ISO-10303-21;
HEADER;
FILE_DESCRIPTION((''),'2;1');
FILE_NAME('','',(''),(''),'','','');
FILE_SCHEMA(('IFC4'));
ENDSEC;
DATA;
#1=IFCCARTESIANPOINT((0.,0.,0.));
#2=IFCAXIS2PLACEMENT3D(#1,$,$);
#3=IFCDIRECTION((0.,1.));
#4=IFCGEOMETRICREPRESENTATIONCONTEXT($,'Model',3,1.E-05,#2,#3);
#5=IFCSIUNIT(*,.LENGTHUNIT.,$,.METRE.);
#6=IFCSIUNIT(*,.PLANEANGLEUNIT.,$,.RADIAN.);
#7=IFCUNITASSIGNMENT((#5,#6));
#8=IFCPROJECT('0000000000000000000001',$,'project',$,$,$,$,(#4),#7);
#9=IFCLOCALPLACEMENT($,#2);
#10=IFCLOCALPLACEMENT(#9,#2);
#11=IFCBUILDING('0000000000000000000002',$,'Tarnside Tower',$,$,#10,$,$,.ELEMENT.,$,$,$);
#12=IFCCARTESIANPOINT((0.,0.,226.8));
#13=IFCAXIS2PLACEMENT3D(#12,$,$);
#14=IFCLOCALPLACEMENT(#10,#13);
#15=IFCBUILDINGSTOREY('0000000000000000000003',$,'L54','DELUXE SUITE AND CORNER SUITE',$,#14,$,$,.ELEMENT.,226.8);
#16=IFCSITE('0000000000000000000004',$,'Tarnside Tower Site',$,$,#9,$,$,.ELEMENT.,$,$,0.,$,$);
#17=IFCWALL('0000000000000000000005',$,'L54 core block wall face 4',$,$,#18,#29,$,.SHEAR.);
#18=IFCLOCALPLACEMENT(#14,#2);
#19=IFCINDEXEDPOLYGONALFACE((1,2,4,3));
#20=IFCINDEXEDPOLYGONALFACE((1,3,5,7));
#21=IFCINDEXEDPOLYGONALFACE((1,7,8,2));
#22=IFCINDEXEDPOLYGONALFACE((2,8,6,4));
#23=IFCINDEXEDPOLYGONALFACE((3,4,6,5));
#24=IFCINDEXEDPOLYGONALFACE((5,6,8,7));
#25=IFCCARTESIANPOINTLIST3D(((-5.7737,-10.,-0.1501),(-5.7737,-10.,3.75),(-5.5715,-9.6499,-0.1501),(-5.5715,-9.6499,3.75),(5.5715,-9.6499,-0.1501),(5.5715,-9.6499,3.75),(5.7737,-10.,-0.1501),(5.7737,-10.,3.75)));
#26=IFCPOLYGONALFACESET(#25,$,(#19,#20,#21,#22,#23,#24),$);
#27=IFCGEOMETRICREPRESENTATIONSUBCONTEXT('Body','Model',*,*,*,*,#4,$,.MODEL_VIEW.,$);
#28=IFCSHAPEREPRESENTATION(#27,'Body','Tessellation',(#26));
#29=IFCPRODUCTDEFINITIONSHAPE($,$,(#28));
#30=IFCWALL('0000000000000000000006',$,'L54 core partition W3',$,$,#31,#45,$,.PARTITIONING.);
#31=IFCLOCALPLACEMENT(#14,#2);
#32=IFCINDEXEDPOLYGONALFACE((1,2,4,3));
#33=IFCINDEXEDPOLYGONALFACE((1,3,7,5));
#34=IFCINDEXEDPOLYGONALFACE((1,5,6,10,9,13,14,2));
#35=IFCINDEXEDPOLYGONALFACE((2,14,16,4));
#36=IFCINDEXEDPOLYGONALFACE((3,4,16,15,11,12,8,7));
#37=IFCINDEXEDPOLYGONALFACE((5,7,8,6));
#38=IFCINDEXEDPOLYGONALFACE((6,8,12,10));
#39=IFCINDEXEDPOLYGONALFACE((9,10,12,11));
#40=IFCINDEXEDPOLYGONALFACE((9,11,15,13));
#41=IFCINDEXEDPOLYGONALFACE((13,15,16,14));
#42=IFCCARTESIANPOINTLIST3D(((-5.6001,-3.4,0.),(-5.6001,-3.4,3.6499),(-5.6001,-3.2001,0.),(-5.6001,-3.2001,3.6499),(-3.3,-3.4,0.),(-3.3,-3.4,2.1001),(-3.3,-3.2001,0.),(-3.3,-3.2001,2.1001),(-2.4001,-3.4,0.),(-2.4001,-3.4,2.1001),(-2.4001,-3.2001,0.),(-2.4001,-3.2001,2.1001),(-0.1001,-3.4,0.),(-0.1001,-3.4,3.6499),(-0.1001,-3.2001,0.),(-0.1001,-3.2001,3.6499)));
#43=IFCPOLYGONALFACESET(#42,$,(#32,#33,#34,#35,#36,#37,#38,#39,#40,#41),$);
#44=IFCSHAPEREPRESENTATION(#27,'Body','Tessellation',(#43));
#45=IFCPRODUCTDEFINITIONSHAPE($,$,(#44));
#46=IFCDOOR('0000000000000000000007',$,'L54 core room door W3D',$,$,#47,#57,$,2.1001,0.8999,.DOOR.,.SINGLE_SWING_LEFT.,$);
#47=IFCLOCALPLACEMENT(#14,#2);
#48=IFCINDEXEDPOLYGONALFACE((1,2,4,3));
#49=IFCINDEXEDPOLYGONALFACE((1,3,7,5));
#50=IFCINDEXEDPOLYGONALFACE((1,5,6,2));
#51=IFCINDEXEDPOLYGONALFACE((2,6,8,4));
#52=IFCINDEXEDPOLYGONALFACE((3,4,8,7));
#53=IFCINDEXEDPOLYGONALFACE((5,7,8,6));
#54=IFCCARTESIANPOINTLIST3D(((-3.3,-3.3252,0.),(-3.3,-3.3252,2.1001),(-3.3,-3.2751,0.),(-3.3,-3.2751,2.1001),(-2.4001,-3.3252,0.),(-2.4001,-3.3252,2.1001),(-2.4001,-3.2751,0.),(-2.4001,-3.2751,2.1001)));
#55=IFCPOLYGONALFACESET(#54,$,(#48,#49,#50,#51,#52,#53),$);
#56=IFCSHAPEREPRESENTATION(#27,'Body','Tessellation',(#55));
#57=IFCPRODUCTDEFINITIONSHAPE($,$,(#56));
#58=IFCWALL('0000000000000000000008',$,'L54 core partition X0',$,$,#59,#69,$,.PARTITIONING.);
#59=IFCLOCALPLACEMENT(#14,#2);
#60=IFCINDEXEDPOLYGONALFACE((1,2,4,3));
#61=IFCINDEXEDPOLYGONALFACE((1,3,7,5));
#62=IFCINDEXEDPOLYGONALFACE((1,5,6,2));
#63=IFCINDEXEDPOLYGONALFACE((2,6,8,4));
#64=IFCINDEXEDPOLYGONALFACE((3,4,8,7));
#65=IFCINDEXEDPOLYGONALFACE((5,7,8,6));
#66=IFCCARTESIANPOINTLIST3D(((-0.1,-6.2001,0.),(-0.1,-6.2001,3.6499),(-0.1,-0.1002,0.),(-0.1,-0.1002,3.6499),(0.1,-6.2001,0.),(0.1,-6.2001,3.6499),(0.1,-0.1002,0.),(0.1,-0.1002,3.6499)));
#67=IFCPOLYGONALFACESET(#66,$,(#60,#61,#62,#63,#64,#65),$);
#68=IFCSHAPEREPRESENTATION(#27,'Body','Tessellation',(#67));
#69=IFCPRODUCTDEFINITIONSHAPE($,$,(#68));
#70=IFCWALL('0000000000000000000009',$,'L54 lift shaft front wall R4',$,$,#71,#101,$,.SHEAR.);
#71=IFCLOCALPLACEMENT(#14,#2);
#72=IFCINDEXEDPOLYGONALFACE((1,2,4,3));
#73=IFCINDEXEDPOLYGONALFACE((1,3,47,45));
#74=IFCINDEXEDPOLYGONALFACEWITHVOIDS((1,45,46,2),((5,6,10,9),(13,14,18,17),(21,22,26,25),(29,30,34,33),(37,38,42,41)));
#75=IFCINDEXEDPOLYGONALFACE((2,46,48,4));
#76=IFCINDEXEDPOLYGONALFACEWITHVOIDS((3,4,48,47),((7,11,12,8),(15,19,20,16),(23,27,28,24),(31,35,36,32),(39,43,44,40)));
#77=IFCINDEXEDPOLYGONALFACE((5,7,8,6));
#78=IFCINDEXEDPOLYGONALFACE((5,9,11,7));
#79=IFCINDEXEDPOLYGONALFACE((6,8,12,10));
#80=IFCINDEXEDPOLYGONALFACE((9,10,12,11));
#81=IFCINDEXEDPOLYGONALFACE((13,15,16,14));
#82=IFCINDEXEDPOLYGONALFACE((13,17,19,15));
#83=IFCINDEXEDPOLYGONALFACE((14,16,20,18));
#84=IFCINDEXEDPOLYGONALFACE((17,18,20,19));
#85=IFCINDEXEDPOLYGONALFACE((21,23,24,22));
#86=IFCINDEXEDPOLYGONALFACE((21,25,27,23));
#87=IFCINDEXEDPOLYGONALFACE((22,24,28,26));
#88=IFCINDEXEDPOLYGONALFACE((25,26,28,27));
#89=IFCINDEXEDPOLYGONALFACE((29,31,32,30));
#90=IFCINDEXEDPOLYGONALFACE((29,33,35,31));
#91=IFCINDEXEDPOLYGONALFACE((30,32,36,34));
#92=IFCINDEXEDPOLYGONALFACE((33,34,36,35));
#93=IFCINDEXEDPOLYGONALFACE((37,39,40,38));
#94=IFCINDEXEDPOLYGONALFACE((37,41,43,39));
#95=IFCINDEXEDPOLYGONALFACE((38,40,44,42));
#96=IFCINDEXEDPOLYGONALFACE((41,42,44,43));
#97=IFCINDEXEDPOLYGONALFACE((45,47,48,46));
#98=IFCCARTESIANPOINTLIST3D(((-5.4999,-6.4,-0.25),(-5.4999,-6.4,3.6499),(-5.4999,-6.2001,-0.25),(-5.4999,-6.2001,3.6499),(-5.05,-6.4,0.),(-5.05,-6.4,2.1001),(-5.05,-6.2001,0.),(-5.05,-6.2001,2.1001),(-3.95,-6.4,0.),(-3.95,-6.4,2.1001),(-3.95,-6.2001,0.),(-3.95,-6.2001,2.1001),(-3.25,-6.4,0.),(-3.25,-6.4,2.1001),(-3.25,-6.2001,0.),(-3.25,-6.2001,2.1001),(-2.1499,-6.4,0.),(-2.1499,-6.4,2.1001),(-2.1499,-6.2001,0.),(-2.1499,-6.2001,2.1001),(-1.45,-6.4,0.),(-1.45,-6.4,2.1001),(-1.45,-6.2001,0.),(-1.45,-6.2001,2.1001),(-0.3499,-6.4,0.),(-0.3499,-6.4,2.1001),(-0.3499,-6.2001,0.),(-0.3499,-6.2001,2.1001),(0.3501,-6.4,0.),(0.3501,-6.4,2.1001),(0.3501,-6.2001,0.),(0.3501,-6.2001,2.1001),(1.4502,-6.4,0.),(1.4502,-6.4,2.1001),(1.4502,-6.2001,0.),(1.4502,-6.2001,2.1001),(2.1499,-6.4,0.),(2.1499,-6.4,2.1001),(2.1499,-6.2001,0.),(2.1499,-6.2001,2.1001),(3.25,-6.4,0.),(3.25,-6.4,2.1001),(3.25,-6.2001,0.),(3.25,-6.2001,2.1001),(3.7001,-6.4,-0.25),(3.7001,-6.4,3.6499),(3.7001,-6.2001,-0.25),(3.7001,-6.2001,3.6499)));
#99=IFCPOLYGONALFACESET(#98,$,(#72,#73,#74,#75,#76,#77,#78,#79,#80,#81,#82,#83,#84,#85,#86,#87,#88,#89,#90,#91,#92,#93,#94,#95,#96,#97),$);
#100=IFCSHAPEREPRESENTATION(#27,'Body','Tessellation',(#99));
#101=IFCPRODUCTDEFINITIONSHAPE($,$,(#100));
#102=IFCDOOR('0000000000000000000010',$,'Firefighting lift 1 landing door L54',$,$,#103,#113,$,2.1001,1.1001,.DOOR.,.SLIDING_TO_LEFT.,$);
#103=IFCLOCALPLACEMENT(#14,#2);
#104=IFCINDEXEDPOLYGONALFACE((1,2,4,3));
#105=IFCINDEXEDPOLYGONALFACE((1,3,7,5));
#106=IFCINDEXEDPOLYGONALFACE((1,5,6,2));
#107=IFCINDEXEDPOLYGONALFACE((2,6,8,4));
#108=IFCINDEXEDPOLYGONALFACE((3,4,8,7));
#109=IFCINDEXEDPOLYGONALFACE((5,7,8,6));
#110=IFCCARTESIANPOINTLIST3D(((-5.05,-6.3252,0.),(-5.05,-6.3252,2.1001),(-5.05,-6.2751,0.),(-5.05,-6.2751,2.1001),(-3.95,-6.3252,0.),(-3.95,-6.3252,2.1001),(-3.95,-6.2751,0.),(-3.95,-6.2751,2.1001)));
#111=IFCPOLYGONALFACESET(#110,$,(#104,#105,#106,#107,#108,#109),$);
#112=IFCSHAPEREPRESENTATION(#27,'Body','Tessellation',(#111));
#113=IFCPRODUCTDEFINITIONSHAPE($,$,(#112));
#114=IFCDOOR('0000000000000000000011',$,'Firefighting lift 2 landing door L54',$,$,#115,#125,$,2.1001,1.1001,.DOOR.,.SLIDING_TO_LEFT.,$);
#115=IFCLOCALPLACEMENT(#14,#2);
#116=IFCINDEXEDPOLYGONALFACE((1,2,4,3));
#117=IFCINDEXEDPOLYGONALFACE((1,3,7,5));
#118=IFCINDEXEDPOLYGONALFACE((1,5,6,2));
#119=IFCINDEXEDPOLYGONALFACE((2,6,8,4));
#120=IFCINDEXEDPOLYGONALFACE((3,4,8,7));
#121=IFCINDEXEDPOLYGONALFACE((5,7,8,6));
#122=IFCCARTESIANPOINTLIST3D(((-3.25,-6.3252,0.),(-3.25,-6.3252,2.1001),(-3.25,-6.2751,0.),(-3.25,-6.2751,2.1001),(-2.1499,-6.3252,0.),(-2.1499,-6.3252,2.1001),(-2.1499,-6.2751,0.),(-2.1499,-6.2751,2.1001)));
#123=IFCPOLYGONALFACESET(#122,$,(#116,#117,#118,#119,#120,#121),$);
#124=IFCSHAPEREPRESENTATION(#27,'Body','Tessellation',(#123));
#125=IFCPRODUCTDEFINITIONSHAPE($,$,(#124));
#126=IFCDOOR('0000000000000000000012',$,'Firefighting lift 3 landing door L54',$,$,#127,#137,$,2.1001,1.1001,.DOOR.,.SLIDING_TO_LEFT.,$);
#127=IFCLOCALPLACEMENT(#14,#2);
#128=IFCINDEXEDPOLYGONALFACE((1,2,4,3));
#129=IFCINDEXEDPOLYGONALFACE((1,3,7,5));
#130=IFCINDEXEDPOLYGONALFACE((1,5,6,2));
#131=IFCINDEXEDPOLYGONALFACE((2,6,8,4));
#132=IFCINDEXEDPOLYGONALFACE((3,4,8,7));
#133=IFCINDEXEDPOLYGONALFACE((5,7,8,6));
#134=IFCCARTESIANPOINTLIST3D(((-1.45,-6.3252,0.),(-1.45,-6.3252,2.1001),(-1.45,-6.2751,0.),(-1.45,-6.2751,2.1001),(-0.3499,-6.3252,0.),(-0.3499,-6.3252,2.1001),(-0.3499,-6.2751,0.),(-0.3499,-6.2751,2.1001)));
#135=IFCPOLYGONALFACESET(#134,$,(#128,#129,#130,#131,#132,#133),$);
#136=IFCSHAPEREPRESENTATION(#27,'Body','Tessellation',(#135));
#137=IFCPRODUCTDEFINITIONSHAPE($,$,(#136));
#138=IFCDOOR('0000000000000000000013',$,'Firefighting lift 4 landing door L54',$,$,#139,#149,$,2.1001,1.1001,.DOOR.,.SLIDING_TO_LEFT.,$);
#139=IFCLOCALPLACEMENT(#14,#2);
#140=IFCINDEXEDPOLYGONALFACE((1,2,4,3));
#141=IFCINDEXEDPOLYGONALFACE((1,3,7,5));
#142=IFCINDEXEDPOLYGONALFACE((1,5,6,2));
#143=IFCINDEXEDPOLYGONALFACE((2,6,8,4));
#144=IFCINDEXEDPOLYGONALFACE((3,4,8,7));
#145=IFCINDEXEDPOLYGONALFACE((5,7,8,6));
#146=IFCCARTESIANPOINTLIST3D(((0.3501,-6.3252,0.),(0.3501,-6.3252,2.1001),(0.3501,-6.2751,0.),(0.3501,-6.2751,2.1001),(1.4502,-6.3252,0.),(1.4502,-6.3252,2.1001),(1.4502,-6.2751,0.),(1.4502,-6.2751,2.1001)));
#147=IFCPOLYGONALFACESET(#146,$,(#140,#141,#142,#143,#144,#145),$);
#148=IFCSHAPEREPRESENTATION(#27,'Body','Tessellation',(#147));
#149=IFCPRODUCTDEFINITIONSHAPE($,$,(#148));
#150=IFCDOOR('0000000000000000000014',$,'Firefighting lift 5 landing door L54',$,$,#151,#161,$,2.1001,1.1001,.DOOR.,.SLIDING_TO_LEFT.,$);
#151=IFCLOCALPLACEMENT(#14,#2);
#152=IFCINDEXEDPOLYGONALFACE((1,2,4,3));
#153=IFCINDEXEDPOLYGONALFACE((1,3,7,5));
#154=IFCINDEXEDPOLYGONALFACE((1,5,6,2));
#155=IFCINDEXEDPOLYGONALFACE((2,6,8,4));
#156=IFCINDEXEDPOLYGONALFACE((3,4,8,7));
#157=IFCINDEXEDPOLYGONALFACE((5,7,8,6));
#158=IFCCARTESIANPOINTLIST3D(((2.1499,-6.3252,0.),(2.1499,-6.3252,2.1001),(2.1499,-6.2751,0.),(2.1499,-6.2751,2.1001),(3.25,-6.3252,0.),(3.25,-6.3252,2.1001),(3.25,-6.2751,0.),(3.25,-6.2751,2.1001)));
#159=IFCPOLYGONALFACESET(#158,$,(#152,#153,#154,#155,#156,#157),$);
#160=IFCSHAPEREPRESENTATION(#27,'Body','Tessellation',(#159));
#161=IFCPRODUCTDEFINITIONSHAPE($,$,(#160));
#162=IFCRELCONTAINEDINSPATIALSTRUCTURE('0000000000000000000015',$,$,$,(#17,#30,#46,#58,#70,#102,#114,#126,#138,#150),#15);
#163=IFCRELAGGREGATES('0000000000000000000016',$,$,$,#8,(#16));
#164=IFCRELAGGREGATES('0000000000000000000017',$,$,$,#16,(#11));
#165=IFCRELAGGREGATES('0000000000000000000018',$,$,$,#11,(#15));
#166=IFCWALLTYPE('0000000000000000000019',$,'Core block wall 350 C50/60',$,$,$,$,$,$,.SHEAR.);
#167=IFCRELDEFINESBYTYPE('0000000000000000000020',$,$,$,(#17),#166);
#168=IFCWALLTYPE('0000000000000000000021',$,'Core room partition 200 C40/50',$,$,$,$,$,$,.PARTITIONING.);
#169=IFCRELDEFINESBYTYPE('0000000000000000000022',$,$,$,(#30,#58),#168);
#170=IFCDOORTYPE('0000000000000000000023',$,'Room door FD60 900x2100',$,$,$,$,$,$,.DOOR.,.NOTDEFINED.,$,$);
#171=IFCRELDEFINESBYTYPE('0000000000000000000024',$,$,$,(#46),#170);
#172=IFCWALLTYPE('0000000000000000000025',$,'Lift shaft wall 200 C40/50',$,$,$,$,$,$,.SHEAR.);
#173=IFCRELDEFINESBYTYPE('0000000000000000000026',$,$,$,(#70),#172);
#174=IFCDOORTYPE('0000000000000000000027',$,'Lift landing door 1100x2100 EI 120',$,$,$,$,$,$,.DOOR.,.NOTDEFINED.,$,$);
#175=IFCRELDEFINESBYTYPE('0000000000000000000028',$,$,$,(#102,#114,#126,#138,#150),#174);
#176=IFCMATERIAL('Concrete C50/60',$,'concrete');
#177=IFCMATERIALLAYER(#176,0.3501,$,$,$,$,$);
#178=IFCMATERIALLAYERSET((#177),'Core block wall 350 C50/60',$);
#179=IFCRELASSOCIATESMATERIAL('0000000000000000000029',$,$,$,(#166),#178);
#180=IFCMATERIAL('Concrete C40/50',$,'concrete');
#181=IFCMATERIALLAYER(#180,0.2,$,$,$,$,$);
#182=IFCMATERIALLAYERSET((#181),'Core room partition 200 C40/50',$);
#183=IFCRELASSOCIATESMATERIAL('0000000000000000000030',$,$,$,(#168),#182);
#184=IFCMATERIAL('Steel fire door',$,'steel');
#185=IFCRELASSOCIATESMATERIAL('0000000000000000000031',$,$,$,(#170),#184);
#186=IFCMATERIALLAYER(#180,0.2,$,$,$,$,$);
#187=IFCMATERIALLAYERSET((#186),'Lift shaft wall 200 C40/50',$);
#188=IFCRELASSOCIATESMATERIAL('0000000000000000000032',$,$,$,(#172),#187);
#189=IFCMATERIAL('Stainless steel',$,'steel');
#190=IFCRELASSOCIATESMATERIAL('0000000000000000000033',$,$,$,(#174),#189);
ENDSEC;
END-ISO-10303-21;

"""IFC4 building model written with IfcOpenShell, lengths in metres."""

from ifc_helpers import new_model, si_unit, direction, frame, frame_2d, origin, place, context, subcontext, project, spatial, polyline, rectangle, outline, extrude, material, layer, layer_set, type_object, element, fill, save


model = new_model("IFC4")

# Units and contexts
model_context = context("Model", 3, precision=1e-05, world=origin(), true_north=direction((0.0, 1.0)))
body_context = subcontext(model_context, "Body", "Model", "MODEL_VIEW")
ifc_project = project(units=[si_unit("LENGTHUNIT", "METRE"), si_unit("PLANEANGLEUNIT", "RADIAN")], contexts=[model_context])

# Site, building, storey
site_placement = place(None, origin())
site = spatial("IfcSite", under=ifc_project, at=site_placement, Name="Tarnside Tower Site", CompositionType="ELEMENT", RefElevation=0.0)
building_placement = place(site_placement, origin())
building = spatial("IfcBuilding", under=site, at=building_placement, Name="Tarnside Tower", CompositionType="ELEMENT")
storey_placement = place(building_placement, frame((0.0, 0.0, 226.8)))
storey = spatial("IfcBuildingStorey", under=building, at=storey_placement, Name="L54", Description="DELUXE SUITE AND CORNER SUITE", CompositionType="ELEMENT", Elevation=226.8)

# Wall
ifc_material_1 = material(Name="Concrete C50/60", Category="concrete")
ifc_layer_1 = layer(ifc_material_1, 0.3501)
ifc_layer_set_1 = layer_set([ifc_layer_1], Name="Core block wall 350 C50/60")
wall_type_1 = type_object("IfcWallType", Name="Core block wall 350 C50/60", PredefinedType="SHEAR", material=ifc_layer_set_1)
wall_1_placement = place(storey_placement, frame((-5.6726, -9.825, -0.1501), z_axis=(0.0, 0.0, 1.0), x_axis=(1.0, 0.0, 0.0)))
element("IfcWall", 1, at=wall_1_placement, inside=storey, type_object=wall_type_1, Name="L54 core block wall face 4", PredefinedType="SHEAR", context=body_context, shape_type="SweptSolid", body=[
    extrude(outline(polyline([(-0.1011, -0.175), (11.4463, -0.175), (11.2441, 0.175), (0.1011, 0.175), (-0.1011, -0.175)])), origin(), (0.0, 0.0, 1.0), 3.9001),
])

# Wall, opening, door
ifc_material_2 = material(Name="Concrete C40/50", Category="concrete")
ifc_layer_2 = layer(ifc_material_2, 0.2)
ifc_layer_set_2 = layer_set([ifc_layer_2], Name="Core room partition 200 C40/50")
wall_type_2 = type_object("IfcWallType", Name="Core room partition 200 C40/50", PredefinedType="PARTITIONING", material=ifc_layer_set_2)
wall_2_placement = place(storey_placement, frame((-5.6001, -3.3, 0.0), z_axis=(0.0, 0.0, 1.0), x_axis=(1.0, 0.0, 0.0)))
wall_2 = element("IfcWall", 2, at=wall_2_placement, inside=storey, type_object=wall_type_2, Name="L54 core partition W3", PredefinedType="PARTITIONING", context=body_context, shape_type="SweptSolid", body=[
    extrude(rectangle(XDim=5.5, YDim=0.2, at=frame_2d((2.75, 0.0))), origin(), (0.0, 0.0, 1.0), 3.6499),
])
opening_1_placement = place(wall_2_placement, frame((2.3, 0.0, 0.0)))
opening_1 = element("IfcOpeningElement", 3, at=opening_1_placement, cuts=wall_2, PredefinedType="OPENING", context=body_context, shape_type="SweptSolid", body=[
    extrude(rectangle(XDim=0.8999, YDim=2.1001, at=frame_2d((0.45, 1.05))), frame((0.0, 0.1099, 0.0), z_axis=(0.0, -1.0, 0.0), x_axis=(1.0, 0.0, 0.0)), (0.0, 0.0, 1.0), 0.22),
])
ifc_material_3 = material(Name="Steel fire door", Category="steel")
door_type_1 = type_object("IfcDoorType", Name="Room door FD60 900x2100", OperationType="NOTDEFINED", PredefinedType="DOOR", material=ifc_material_3)
door_1_placement = place(opening_1_placement, origin())
door_1 = element("IfcDoor", 4, at=door_1_placement, inside=storey, type_object=door_type_1, Name="L54 core room door W3D", OperationType="SINGLE_SWING_LEFT", OverallHeight=2.1001, OverallWidth=0.8999, PredefinedType="DOOR", context=body_context, shape_type="SweptSolid", body=[
    extrude(rectangle(XDim=0.8999, YDim=2.1001, at=frame_2d((0.45, 1.05))), frame((0.0, 0.0249, 0.0), z_axis=(0.0, -1.0, 0.0), x_axis=(1.0, 0.0, 0.0)), (0.0, 0.0, 1.0), 0.05),
])
fill(opening_1, door_1)

# Wall
wall_3_placement = place(storey_placement, frame((0.0, -6.2, 0.0), z_axis=(0.0, 0.0, 1.0), x_axis=(0.0, 1.0, 0.0)))
element("IfcWall", 5, at=wall_3_placement, inside=storey, type_object=wall_type_2, Name="L54 core partition X0", PredefinedType="PARTITIONING", context=body_context, shape_type="SweptSolid", body=[
    extrude(rectangle(XDim=6.0999, YDim=0.2, at=frame_2d((3.0498, 0.0))), origin(), (0.0, 0.0, 1.0), 3.6499),
])

# Wall, openings, doors
ifc_layer_3 = layer(ifc_material_2, 0.2)
ifc_layer_set_3 = layer_set([ifc_layer_3], Name="Lift shaft wall 200 C40/50")
wall_type_3 = type_object("IfcWallType", Name="Lift shaft wall 200 C40/50", PredefinedType="SHEAR", material=ifc_layer_set_3)
wall_4_placement = place(storey_placement, frame((-5.5, -6.3, -0.25), z_axis=(0.0, 0.0, 1.0), x_axis=(1.0, 0.0, 0.0)))
wall_4 = element("IfcWall", 6, at=wall_4_placement, inside=storey, type_object=wall_type_3, Name="L54 lift shaft front wall R4", PredefinedType="SHEAR", context=body_context, shape_type="SweptSolid", body=[
    extrude(rectangle(XDim=9.2, YDim=0.2, at=frame_2d((4.6001, 0.0))), origin(), (0.0, 0.0, 1.0), 3.8999),
])
opening_2_placement = place(wall_4_placement, frame((0.45, 0.0, 0.25)))
opening_2 = element("IfcOpeningElement", 7, at=opening_2_placement, cuts=wall_4, PredefinedType="OPENING", context=body_context, shape_type="SweptSolid", body=[
    extrude(rectangle(XDim=1.1001, YDim=2.1001, at=frame_2d((0.55, 1.05))), frame((0.0, 0.1099, 0.0), z_axis=(0.0, -1.0, 0.0), x_axis=(1.0, 0.0, 0.0)), (0.0, 0.0, 1.0), 0.22),
])
opening_3_placement = place(wall_4_placement, frame((2.25, 0.0, 0.25)))
opening_3 = element("IfcOpeningElement", 8, at=opening_3_placement, cuts=wall_4, PredefinedType="OPENING", context=body_context, shape_type="SweptSolid", body=[
    extrude(rectangle(XDim=1.1001, YDim=2.1001, at=frame_2d((0.55, 1.05))), frame((0.0, 0.1099, 0.0), z_axis=(0.0, -1.0, 0.0), x_axis=(1.0, 0.0, 0.0)), (0.0, 0.0, 1.0), 0.22),
])
opening_4_placement = place(wall_4_placement, frame((4.05, 0.0, 0.25)))
opening_4 = element("IfcOpeningElement", 9, at=opening_4_placement, cuts=wall_4, PredefinedType="OPENING", context=body_context, shape_type="SweptSolid", body=[
    extrude(rectangle(XDim=1.1001, YDim=2.1001, at=frame_2d((0.55, 1.05))), frame((0.0, 0.1099, 0.0), z_axis=(0.0, -1.0, 0.0), x_axis=(1.0, 0.0, 0.0)), (0.0, 0.0, 1.0), 0.22),
])
opening_5_placement = place(wall_4_placement, frame((5.8501, 0.0, 0.25)))
opening_5 = element("IfcOpeningElement", 10, at=opening_5_placement, cuts=wall_4, PredefinedType="OPENING", context=body_context, shape_type="SweptSolid", body=[
    extrude(rectangle(XDim=1.1001, YDim=2.1001, at=frame_2d((0.55, 1.05))), frame((0.0, 0.1099, 0.0), z_axis=(0.0, -1.0, 0.0), x_axis=(1.0, 0.0, 0.0)), (0.0, 0.0, 1.0), 0.22),
])
opening_6_placement = place(wall_4_placement, frame((7.6499, 0.0, 0.25)))
opening_6 = element("IfcOpeningElement", 11, at=opening_6_placement, cuts=wall_4, PredefinedType="OPENING", context=body_context, shape_type="SweptSolid", body=[
    extrude(rectangle(XDim=1.1001, YDim=2.1001, at=frame_2d((0.55, 1.05))), frame((0.0, 0.1099, 0.0), z_axis=(0.0, -1.0, 0.0), x_axis=(1.0, 0.0, 0.0)), (0.0, 0.0, 1.0), 0.22),
])
ifc_material_4 = material(Name="Stainless steel", Category="steel")
door_type_2 = type_object("IfcDoorType", Name="Lift landing door 1100x2100 EI 120", OperationType="NOTDEFINED", PredefinedType="DOOR", material=ifc_material_4)
door_2_placement = place(opening_2_placement, origin())
door_2 = element("IfcDoor", 12, at=door_2_placement, inside=storey, type_object=door_type_2, Name="Firefighting lift 1 landing door L54", OperationType="SLIDING_TO_LEFT", OverallHeight=2.1001, OverallWidth=1.1001, PredefinedType="DOOR", context=body_context, shape_type="SweptSolid", body=[
    extrude(rectangle(XDim=1.1001, YDim=2.1001, at=frame_2d((0.55, 1.05))), frame((0.0, 0.0249, 0.0), z_axis=(0.0, -1.0, 0.0), x_axis=(1.0, 0.0, 0.0)), (0.0, 0.0, 1.0), 0.05),
])
fill(opening_2, door_2)
door_3_placement = place(opening_3_placement, origin())
door_3 = element("IfcDoor", 13, at=door_3_placement, inside=storey, type_object=door_type_2, Name="Firefighting lift 2 landing door L54", OperationType="SLIDING_TO_LEFT", OverallHeight=2.1001, OverallWidth=1.1001, PredefinedType="DOOR", context=body_context, shape_type="SweptSolid", body=[
    extrude(rectangle(XDim=1.1001, YDim=2.1001, at=frame_2d((0.55, 1.05))), frame((0.0, 0.0249, 0.0), z_axis=(0.0, -1.0, 0.0), x_axis=(1.0, 0.0, 0.0)), (0.0, 0.0, 1.0), 0.05),
])
fill(opening_3, door_3)
door_4_placement = place(opening_4_placement, origin())
door_4 = element("IfcDoor", 14, at=door_4_placement, inside=storey, type_object=door_type_2, Name="Firefighting lift 3 landing door L54", OperationType="SLIDING_TO_LEFT", OverallHeight=2.1001, OverallWidth=1.1001, PredefinedType="DOOR", context=body_context, shape_type="SweptSolid", body=[
    extrude(rectangle(XDim=1.1001, YDim=2.1001, at=frame_2d((0.55, 1.05))), frame((0.0, 0.0249, 0.0), z_axis=(0.0, -1.0, 0.0), x_axis=(1.0, 0.0, 0.0)), (0.0, 0.0, 1.0), 0.05),
])
fill(opening_4, door_4)
door_5_placement = place(opening_5_placement, origin())
door_5 = element("IfcDoor", 15, at=door_5_placement, inside=storey, type_object=door_type_2, Name="Firefighting lift 4 landing door L54", OperationType="SLIDING_TO_LEFT", OverallHeight=2.1001, OverallWidth=1.1001, PredefinedType="DOOR", context=body_context, shape_type="SweptSolid", body=[
    extrude(rectangle(XDim=1.1001, YDim=2.1001, at=frame_2d((0.55, 1.05))), frame((0.0, 0.0249, 0.0), z_axis=(0.0, -1.0, 0.0), x_axis=(1.0, 0.0, 0.0)), (0.0, 0.0, 1.0), 0.05),
])
fill(opening_5, door_5)
door_6_placement = place(opening_6_placement, origin())
door_6 = element("IfcDoor", 16, at=door_6_placement, inside=storey, type_object=door_type_2, Name="Firefighting lift 5 landing door L54", OperationType="SLIDING_TO_LEFT", OverallHeight=2.1001, OverallWidth=1.1001, PredefinedType="DOOR", context=body_context, shape_type="SweptSolid", body=[
    extrude(rectangle(XDim=1.1001, YDim=2.1001, at=frame_2d((0.55, 1.05))), frame((0.0, 0.0249, 0.0), z_axis=(0.0, -1.0, 0.0), x_axis=(1.0, 0.0, 0.0)), (0.0, 0.0, 1.0), 0.05),
])
fill(opening_6, door_6)

save(model, "model.ifc")
